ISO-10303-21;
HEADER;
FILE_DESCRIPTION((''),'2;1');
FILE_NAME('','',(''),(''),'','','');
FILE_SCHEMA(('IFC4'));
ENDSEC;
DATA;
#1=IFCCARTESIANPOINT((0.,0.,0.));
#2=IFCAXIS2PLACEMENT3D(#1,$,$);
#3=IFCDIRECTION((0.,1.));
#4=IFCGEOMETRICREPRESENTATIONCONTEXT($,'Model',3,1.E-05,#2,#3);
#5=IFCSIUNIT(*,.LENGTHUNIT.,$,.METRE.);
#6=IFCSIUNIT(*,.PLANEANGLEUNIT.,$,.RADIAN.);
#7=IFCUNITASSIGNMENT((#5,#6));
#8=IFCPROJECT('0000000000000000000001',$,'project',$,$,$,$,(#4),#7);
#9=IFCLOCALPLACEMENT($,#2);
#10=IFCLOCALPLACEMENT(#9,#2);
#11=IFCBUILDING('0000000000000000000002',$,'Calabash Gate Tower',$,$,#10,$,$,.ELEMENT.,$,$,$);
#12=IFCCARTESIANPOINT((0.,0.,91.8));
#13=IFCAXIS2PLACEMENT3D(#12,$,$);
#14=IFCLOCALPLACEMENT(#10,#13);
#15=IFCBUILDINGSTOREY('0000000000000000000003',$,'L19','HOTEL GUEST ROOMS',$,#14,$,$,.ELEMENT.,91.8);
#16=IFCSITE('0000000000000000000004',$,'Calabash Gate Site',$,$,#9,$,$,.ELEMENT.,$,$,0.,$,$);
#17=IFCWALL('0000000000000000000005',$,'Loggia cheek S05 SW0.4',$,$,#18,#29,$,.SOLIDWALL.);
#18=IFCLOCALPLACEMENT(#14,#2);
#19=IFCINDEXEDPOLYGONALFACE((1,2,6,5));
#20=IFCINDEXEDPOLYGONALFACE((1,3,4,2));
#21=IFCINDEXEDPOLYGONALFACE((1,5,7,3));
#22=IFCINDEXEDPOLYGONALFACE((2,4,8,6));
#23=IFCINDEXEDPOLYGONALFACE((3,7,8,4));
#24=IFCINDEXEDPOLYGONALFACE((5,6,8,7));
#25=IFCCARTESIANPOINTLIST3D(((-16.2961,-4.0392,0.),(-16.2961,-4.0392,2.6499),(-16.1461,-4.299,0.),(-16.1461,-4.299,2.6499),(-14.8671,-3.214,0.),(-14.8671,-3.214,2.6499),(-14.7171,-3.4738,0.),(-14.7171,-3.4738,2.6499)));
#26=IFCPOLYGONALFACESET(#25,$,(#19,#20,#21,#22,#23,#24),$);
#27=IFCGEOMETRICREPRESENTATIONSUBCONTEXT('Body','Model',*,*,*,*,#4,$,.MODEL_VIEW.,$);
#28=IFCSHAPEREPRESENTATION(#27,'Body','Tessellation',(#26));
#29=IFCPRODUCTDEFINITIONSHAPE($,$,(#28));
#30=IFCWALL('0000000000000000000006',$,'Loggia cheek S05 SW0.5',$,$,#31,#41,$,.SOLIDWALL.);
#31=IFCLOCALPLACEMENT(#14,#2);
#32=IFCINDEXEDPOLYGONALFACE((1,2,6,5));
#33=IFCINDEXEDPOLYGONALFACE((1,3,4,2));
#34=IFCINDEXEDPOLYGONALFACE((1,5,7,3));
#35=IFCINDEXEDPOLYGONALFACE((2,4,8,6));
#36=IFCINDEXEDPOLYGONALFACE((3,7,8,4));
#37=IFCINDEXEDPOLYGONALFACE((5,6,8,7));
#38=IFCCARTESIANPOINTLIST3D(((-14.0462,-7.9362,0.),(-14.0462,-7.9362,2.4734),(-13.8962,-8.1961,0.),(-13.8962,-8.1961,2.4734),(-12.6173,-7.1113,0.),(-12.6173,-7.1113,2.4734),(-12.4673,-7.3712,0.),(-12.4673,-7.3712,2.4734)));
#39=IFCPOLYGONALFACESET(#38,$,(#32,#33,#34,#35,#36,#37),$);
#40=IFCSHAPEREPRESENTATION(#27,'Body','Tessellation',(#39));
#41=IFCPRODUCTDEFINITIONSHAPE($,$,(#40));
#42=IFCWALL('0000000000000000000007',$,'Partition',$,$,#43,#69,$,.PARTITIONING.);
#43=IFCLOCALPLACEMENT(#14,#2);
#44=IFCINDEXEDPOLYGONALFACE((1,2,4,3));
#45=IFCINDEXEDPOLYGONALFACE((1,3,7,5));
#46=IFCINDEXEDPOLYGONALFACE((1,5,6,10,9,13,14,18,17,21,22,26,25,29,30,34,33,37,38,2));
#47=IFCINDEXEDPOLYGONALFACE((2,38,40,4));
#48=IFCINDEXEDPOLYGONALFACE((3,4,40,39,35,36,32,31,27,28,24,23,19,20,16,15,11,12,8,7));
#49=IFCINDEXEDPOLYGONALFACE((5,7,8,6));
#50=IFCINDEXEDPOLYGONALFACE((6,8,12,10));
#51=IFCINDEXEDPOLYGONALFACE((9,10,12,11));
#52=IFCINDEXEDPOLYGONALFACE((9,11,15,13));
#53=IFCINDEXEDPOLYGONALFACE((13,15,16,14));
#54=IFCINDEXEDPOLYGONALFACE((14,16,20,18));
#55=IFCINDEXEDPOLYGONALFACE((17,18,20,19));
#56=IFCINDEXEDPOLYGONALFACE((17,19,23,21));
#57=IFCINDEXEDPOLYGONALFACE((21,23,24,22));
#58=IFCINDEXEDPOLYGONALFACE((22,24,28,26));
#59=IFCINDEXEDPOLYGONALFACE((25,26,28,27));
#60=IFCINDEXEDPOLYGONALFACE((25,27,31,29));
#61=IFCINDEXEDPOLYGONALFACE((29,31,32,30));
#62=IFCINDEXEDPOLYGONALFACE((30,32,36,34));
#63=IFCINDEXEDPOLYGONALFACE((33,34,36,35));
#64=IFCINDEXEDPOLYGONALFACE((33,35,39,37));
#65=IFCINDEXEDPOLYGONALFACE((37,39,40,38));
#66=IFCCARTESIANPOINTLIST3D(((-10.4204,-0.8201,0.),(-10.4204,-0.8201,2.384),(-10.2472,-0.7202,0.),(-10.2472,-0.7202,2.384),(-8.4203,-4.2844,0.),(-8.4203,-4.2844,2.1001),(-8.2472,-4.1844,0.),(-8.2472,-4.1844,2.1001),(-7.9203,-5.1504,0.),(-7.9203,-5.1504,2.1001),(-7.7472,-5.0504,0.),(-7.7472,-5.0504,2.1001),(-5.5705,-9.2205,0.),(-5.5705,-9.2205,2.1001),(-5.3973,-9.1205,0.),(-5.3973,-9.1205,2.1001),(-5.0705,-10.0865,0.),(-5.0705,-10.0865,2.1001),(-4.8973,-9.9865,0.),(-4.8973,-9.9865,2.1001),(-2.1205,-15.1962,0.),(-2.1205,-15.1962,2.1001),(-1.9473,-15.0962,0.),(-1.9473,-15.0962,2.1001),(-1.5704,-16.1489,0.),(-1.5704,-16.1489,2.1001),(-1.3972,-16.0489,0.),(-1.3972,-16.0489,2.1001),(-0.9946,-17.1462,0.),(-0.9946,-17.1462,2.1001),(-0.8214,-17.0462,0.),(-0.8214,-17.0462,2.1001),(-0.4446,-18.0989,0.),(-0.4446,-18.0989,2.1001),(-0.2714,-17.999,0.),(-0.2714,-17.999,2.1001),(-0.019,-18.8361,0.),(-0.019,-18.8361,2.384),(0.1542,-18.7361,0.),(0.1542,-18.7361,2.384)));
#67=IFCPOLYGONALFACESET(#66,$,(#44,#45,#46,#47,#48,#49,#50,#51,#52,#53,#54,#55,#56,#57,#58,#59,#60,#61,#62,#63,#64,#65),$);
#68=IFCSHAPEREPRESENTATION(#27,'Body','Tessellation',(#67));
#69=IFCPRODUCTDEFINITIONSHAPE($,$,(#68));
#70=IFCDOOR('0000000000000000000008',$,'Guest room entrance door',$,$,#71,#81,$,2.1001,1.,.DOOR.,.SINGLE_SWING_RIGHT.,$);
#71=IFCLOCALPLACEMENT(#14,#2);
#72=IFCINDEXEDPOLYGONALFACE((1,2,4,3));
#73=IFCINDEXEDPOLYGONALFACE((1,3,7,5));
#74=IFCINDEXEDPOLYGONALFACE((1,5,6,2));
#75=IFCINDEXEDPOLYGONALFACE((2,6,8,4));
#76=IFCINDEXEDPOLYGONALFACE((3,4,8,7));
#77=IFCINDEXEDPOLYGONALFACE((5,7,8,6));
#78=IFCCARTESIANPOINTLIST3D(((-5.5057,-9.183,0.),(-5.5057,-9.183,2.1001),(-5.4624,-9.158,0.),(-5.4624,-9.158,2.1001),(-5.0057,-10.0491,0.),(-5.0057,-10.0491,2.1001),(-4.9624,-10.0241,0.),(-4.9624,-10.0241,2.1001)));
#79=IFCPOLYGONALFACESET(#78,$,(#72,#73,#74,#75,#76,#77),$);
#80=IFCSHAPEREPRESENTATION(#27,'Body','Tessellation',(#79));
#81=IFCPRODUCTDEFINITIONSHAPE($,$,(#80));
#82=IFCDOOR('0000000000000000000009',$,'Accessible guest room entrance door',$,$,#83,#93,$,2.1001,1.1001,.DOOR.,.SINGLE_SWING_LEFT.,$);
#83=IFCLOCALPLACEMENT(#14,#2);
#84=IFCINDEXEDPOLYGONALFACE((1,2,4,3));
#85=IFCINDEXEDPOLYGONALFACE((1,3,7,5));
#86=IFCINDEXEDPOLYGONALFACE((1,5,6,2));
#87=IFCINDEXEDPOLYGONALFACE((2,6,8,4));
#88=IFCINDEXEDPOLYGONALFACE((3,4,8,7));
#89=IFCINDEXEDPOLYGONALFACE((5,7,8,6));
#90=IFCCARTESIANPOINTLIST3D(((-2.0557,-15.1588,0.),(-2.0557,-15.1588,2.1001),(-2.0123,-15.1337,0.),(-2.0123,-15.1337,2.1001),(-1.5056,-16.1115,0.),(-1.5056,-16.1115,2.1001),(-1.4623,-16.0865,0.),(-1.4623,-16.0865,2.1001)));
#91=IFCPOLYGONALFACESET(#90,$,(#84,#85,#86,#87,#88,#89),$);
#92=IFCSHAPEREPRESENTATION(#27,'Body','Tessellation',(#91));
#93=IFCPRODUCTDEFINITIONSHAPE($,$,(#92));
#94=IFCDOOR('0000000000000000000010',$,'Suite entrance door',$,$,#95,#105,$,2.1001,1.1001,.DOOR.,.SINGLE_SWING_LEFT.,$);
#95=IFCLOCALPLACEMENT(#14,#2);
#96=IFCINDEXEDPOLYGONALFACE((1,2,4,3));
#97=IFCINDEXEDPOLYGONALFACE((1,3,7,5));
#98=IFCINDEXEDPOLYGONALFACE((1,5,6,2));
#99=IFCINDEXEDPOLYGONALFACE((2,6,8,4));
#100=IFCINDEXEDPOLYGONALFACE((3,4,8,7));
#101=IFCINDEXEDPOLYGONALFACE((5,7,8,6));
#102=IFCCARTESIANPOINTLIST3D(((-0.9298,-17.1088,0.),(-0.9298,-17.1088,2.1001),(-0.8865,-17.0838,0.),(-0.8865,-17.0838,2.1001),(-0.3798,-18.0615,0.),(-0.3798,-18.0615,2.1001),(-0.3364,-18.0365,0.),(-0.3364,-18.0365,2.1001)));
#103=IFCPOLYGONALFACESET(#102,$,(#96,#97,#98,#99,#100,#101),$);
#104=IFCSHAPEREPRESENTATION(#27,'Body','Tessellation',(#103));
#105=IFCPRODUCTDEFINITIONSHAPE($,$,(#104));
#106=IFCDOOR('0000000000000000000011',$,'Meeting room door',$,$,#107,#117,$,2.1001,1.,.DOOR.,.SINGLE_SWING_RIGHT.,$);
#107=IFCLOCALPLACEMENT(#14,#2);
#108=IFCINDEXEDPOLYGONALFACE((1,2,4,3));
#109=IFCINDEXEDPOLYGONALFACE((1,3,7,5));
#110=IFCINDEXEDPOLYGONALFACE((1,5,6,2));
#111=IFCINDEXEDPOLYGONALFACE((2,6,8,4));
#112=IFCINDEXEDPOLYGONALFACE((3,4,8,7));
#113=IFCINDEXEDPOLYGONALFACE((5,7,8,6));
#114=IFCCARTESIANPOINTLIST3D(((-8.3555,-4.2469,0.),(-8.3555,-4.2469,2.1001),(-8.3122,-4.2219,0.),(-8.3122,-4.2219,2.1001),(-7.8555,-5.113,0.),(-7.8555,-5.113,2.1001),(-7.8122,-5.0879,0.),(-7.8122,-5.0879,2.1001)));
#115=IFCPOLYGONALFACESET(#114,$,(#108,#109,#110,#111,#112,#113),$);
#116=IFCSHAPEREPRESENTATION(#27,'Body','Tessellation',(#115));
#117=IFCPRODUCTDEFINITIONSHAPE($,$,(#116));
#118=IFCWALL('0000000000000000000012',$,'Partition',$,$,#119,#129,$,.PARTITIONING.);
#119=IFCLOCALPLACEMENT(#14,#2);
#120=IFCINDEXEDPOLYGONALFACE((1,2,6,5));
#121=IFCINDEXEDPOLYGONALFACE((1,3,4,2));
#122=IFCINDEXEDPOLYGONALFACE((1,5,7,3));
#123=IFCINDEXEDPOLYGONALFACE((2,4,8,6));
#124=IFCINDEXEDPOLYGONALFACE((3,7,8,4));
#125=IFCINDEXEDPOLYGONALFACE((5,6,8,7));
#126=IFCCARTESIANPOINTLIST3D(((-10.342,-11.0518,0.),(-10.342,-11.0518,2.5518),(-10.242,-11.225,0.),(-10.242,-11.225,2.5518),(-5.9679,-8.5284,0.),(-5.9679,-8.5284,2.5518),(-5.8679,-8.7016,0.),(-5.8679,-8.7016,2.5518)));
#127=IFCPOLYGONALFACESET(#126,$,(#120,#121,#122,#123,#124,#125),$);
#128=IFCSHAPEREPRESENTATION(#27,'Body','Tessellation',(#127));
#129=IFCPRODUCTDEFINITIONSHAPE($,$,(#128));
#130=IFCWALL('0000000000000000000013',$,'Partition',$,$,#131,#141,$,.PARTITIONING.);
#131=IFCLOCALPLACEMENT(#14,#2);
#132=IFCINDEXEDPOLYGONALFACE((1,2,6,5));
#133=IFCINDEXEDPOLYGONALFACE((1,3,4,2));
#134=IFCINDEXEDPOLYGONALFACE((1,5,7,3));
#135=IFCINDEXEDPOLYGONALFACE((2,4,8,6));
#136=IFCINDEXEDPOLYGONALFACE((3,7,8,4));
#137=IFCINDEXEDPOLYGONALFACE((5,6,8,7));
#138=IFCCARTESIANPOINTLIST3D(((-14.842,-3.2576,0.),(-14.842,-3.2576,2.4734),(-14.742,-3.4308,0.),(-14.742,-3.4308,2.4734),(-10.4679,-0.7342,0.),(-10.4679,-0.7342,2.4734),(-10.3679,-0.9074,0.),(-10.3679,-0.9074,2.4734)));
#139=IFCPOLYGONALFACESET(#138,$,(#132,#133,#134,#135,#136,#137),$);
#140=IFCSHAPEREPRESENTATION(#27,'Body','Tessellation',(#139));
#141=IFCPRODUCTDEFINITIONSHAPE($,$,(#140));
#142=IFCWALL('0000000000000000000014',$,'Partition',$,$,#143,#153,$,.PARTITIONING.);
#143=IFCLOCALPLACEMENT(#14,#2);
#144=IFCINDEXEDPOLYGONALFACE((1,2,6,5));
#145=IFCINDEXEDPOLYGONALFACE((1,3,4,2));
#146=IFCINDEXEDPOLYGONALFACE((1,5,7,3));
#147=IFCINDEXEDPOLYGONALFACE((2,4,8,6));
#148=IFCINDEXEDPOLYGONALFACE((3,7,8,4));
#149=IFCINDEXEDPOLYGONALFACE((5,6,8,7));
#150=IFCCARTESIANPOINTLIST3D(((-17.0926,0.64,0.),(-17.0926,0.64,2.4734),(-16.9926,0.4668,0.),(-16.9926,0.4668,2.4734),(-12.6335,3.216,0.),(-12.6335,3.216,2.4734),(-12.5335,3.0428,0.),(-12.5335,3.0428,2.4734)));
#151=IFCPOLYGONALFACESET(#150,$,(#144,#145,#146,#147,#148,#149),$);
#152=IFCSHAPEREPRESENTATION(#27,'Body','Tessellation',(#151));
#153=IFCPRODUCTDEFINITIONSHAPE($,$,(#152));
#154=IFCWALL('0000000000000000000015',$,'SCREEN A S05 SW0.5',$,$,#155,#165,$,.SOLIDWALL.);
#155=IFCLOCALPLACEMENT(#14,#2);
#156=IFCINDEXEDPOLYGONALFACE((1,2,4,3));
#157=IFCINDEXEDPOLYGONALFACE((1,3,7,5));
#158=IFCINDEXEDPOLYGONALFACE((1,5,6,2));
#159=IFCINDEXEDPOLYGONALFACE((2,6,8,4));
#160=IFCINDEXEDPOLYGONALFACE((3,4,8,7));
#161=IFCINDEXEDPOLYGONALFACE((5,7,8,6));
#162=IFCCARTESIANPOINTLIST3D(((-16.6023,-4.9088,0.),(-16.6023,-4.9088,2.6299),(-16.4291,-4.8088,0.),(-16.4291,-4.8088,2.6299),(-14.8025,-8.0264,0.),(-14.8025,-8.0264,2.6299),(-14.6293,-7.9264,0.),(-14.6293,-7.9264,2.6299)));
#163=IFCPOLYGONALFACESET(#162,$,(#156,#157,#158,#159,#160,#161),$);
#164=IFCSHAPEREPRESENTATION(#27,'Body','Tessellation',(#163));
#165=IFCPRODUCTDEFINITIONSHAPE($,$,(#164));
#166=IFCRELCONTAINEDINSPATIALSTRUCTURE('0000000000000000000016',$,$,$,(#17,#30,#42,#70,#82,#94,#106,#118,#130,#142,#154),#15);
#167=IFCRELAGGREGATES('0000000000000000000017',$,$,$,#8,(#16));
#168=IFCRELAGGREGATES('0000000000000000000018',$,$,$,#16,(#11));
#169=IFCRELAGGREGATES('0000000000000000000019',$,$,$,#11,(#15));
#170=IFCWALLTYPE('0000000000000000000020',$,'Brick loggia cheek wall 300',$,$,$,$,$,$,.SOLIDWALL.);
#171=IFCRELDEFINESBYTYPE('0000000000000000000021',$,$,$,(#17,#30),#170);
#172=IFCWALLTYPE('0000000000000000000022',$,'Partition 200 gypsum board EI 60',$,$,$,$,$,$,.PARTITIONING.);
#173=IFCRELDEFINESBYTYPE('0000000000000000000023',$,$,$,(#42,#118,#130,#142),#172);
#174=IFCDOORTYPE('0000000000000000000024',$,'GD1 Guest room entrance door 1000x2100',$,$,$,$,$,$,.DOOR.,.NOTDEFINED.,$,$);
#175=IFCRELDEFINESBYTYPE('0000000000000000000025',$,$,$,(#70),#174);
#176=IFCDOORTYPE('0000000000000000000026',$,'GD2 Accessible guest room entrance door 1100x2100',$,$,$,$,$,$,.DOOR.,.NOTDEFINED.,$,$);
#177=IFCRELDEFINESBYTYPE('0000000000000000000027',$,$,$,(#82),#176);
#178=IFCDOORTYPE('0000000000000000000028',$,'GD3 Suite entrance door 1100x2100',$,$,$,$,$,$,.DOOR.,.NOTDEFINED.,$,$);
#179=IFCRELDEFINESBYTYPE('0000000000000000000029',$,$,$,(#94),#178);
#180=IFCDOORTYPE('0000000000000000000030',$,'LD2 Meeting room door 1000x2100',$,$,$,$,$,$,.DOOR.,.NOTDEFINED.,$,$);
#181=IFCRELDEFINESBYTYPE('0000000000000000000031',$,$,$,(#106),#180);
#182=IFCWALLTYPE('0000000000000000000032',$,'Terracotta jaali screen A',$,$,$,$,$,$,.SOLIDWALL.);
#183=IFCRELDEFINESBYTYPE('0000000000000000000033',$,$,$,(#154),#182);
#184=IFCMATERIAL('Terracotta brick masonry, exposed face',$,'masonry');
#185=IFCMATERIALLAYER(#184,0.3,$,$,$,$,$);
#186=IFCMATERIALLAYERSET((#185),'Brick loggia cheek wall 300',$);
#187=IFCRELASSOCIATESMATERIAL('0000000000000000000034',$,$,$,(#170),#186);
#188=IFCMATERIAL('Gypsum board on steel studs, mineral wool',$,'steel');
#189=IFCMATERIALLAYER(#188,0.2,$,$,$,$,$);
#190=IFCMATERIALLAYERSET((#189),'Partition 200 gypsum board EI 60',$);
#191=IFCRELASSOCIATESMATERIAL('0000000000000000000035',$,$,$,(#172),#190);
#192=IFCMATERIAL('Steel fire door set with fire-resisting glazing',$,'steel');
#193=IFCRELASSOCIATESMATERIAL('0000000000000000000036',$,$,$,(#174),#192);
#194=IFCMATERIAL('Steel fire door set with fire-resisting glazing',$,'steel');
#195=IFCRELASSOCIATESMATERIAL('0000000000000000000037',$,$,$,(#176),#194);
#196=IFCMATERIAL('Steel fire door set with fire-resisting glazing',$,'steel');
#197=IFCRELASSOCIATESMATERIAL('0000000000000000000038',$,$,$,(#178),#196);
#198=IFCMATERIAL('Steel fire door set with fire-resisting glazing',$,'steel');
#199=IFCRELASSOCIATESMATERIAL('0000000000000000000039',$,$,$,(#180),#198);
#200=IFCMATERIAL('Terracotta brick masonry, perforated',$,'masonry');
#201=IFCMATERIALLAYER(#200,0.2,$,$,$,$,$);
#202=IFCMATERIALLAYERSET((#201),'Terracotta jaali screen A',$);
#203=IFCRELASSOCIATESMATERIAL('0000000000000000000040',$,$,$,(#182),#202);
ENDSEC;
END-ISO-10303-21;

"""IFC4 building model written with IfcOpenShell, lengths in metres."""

from ifc_helpers import new_model, si_unit, direction, frame, frame_2d, origin, place, context, subcontext, project, spatial, rectangle, extrude, material, layer, layer_set, type_object, element, fill, save


model = new_model("IFC4")

# Units and contexts
model_context = context("Model", 3, precision=1e-05, world=origin(), true_north=direction((0.0, 1.0)))
body_context = subcontext(model_context, "Body", "Model", "MODEL_VIEW")
ifc_project = project(units=[si_unit("LENGTHUNIT", "METRE"), si_unit("PLANEANGLEUNIT", "RADIAN")], contexts=[model_context])

# Site, building, storey
site_placement = place(None, origin())
site = spatial("IfcSite", under=ifc_project, at=site_placement, Name="Calabash Gate Site", CompositionType="ELEMENT", RefElevation=0.0)
building_placement = place(site_placement, origin())
building = spatial("IfcBuilding", under=site, at=building_placement, Name="Calabash Gate Tower", CompositionType="ELEMENT")
storey_placement = place(building_placement, frame((0.0, 0.0, 91.8)))
storey = spatial("IfcBuildingStorey", under=building, at=storey_placement, Name="L19", Description="HOTEL GUEST ROOMS", CompositionType="ELEMENT", Elevation=91.8)

# Walls
ifc_material_1 = material(Name="Terracotta brick masonry, exposed face", Category="masonry")
ifc_layer_1 = layer(ifc_material_1, 0.3)
ifc_layer_set_1 = layer_set([ifc_layer_1], Name="Brick loggia cheek wall 300")
wall_type_1 = type_object("IfcWallType", Name="Brick loggia cheek wall 300", PredefinedType="SOLIDWALL", material=ifc_layer_set_1)
wall_1_placement = place(storey_placement, frame((-16.2212, -4.1692, 0.0), z_axis=(0.0, 0.0, 1.0), x_axis=(0.865976, 0.500085, 0.0)))
element("IfcWall", 1, at=wall_1_placement, inside=storey, type_object=wall_type_1, Name="Loggia cheek S05 SW0.4", PredefinedType="SOLIDWALL", context=body_context, shape_type="SweptSolid", body=[
    extrude(rectangle(XDim=1.6501, YDim=0.3, at=frame_2d((0.8252, 0.0))), origin(), (0.0, 0.0, 1.0), 2.6499),
])
wall_2_placement = place(storey_placement, frame((-13.9712, -8.0662, 0.0), z_axis=(0.0, 0.0, 1.0), x_axis=(0.86604, 0.499974, 0.0)))
element("IfcWall", 2, at=wall_2_placement, inside=storey, type_object=wall_type_1, Name="Loggia cheek S05 SW0.5", PredefinedType="SOLIDWALL", context=body_context, shape_type="SweptSolid", body=[
    extrude(rectangle(XDim=1.6499, YDim=0.3, at=frame_2d((0.825, 0.0))), origin(), (0.0, 0.0, 1.0), 2.4734),
])

# Wall, openings, doors
ifc_material_2 = material(Name="Gypsum board on steel studs, mineral wool", Category="steel")
ifc_layer_2 = layer(ifc_material_2, 0.2)
ifc_layer_set_2 = layer_set([ifc_layer_2], Name="Partition 200 gypsum board EI 60")
wall_type_2 = type_object("IfcWallType", Name="Partition 200 gypsum board EI 60", PredefinedType="PARTITIONING", material=ifc_layer_set_2)
wall_3_placement = place(storey_placement, frame((-10.3337, -0.7703, 0.0), z_axis=(0.0, 0.0, 1.0), x_axis=(0.499996, -0.866027, 0.0)))
wall_3 = element("IfcWall", 3, at=wall_3_placement, inside=storey, type_object=wall_type_2, Name="Partition", PredefinedType="PARTITIONING", context=body_context, shape_type="SweptSolid", body=[
    extrude(rectangle(XDim=20.803, YDim=0.2, at=frame_2d((10.4014, 0.0))), origin(), (0.0, 0.0, 1.0), 2.384),
])
opening_1_placement = place(wall_3_placement, frame((4.0, 0.0, 0.0)))
opening_1 = element("IfcOpeningElement", 4, at=opening_1_placement, cuts=wall_3, PredefinedType="OPENING", context=body_context, shape_type="SweptSolid", body=[
    extrude(rectangle(XDim=1.0, YDim=2.1001, at=frame_2d((0.5, 1.05))), frame((0.0, 0.1099, 0.0), z_axis=(0.0, -1.0, 0.0), x_axis=(1.0, 0.0, 0.0)), (0.0, 0.0, 1.0), 0.22),
])
opening_2_placement = place(wall_3_placement, frame((9.6997, 0.0, 0.0)))
opening_2 = element("IfcOpeningElement", 5, at=opening_2_placement, cuts=wall_3, PredefinedType="OPENING", context=body_context, shape_type="SweptSolid", body=[
    extrude(rectangle(XDim=1.0, YDim=2.1001, at=frame_2d((0.5, 1.05))), frame((0.0, 0.1099, 0.0), z_axis=(0.0, -1.0, 0.0), x_axis=(1.0, 0.0, 0.0)), (0.0, 0.0, 1.0), 0.22),
])
opening_3_placement = place(wall_3_placement, frame((16.5999, 0.0, 0.0)))
opening_3 = element("IfcOpeningElement", 6, at=opening_3_placement, cuts=wall_3, PredefinedType="OPENING", context=body_context, shape_type="SweptSolid", body=[
    extrude(rectangle(XDim=1.1001, YDim=2.1001, at=frame_2d((0.55, 1.05))), frame((0.0, 0.1099, 0.0), z_axis=(0.0, -1.0, 0.0), x_axis=(1.0, 0.0, 0.0)), (0.0, 0.0, 1.0), 0.22),
])
opening_4_placement = place(wall_3_placement, frame((18.8516, 0.0, 0.0)))
opening_4 = element("IfcOpeningElement", 7, at=opening_4_placement, cuts=wall_3, PredefinedType="OPENING", context=body_context, shape_type="SweptSolid", body=[
    extrude(rectangle(XDim=1.1001, YDim=2.1001, at=frame_2d((0.55, 1.05))), frame((0.0, 0.1099, 0.0), z_axis=(0.0, -1.0, 0.0), x_axis=(1.0, 0.0, 0.0)), (0.0, 0.0, 1.0), 0.22),
])
ifc_material_3 = material(Name="Steel fire door set with fire-resisting glazing", Category="steel")
door_type_1 = type_object("IfcDoorType", Name="GD1 Guest room entrance door 1000x2100", OperationType="NOTDEFINED", PredefinedType="DOOR", material=ifc_material_3)
door_1_placement = place(opening_2_placement, origin())
door_1 = element("IfcDoor", 8, at=door_1_placement, inside=storey, type_object=door_type_1, Name="Guest room entrance door", OperationType="SINGLE_SWING_RIGHT", OverallHeight=2.1001, OverallWidth=1.0, PredefinedType="DOOR", context=body_context, shape_type="SweptSolid", body=[
    extrude(rectangle(XDim=1.0, YDim=2.1001, at=frame_2d((0.5, 1.05))), frame((0.0, 0.0249, 0.0), z_axis=(0.0, -1.0, 0.0), x_axis=(1.0, 0.0, 0.0)), (0.0, 0.0, 1.0), 0.05),
])
fill(opening_2, door_1)
ifc_material_4 = material(Name="Steel fire door set with fire-resisting glazing", Category="steel")
door_type_2 = type_object("IfcDoorType", Name="GD2 Accessible guest room entrance door 1100x2100", OperationType="NOTDEFINED", PredefinedType="DOOR", material=ifc_material_4)
door_2_placement = place(opening_3_placement, origin())
door_2 = element("IfcDoor", 9, at=door_2_placement, inside=storey, type_object=door_type_2, Name="Accessible guest room entrance door", OperationType="SINGLE_SWING_LEFT", OverallHeight=2.1001, OverallWidth=1.1001, PredefinedType="DOOR", context=body_context, shape_type="SweptSolid", body=[
    extrude(rectangle(XDim=1.1001, YDim=2.1001, at=frame_2d((0.55, 1.05))), frame((0.0, 0.0249, 0.0), z_axis=(0.0, -1.0, 0.0), x_axis=(1.0, 0.0, 0.0)), (0.0, 0.0, 1.0), 0.05),
])
fill(opening_3, door_2)
ifc_material_5 = material(Name="Steel fire door set with fire-resisting glazing", Category="steel")
door_type_3 = type_object("IfcDoorType", Name="GD3 Suite entrance door 1100x2100", OperationType="NOTDEFINED", PredefinedType="DOOR", material=ifc_material_5)
door_3_placement = place(opening_4_placement, origin())
door_3 = element("IfcDoor", 10, at=door_3_placement, inside=storey, type_object=door_type_3, Name="Suite entrance door", OperationType="SINGLE_SWING_LEFT", OverallHeight=2.1001, OverallWidth=1.1001, PredefinedType="DOOR", context=body_context, shape_type="SweptSolid", body=[
    extrude(rectangle(XDim=1.1001, YDim=2.1001, at=frame_2d((0.55, 1.05))), frame((0.0, 0.0249, 0.0), z_axis=(0.0, -1.0, 0.0), x_axis=(1.0, 0.0, 0.0)), (0.0, 0.0, 1.0), 0.05),
])
fill(opening_4, door_3)
ifc_material_6 = material(Name="Steel fire door set with fire-resisting glazing", Category="steel")
door_type_4 = type_object("IfcDoorType", Name="LD2 Meeting room door 1000x2100", OperationType="NOTDEFINED", PredefinedType="DOOR", material=ifc_material_6)
door_4_placement = place(opening_1_placement, origin())
door_4 = element("IfcDoor", 11, at=door_4_placement, inside=storey, type_object=door_type_4, Name="Meeting room door", OperationType="SINGLE_SWING_RIGHT", OverallHeight=2.1001, OverallWidth=1.0, PredefinedType="DOOR", context=body_context, shape_type="SweptSolid", body=[
    extrude(rectangle(XDim=1.0, YDim=2.1001, at=frame_2d((0.5, 1.05))), frame((0.0, 0.0249, 0.0), z_axis=(0.0, -1.0, 0.0), x_axis=(1.0, 0.0, 0.0)), (0.0, 0.0, 1.0), 0.05),
])
fill(opening_1, door_4)

# Walls
wall_4_placement = place(storey_placement, frame((-10.292, -11.1384, 0.0), z_axis=(0.0, 0.0, 1.0), x_axis=(0.866189, 0.499717, 0.0)))
element("IfcWall", 12, at=wall_4_placement, inside=storey, type_object=wall_type_2, Name="Partition", PredefinedType="PARTITIONING", context=body_context, shape_type="SweptSolid", body=[
    extrude(rectangle(XDim=5.0498, YDim=0.2, at=frame_2d((2.5249, 0.0))), origin(), (0.0, 0.0, 1.0), 2.5518),
])
wall_5_placement = place(storey_placement, frame((-14.792, -3.3442, 0.0), z_axis=(0.0, 0.0, 1.0), x_axis=(0.866189, 0.499717, 0.0)))
element("IfcWall", 13, at=wall_5_placement, inside=storey, type_object=wall_type_2, Name="Partition", PredefinedType="PARTITIONING", context=body_context, shape_type="SweptSolid", body=[
    extrude(rectangle(XDim=5.0498, YDim=0.2, at=frame_2d((2.5249, 0.0))), origin(), (0.0, 0.0, 1.0), 2.4734),
])
wall_6_placement = place(storey_placement, frame((-17.0425, 0.5535, 0.0), z_axis=(0.0, 0.0, 1.0), x_axis=(0.865897, 0.500223, 0.0)))
element("IfcWall", 14, at=wall_6_placement, inside=storey, type_object=wall_type_2, Name="Partition", PredefinedType="PARTITIONING", context=body_context, shape_type="SweptSolid", body=[
    extrude(rectangle(XDim=5.1497, YDim=0.2, at=frame_2d((2.5747, 0.0))), origin(), (0.0, 0.0, 1.0), 2.4734),
])
ifc_material_7 = material(Name="Terracotta brick masonry, perforated", Category="masonry")
ifc_layer_3 = layer(ifc_material_7, 0.2)
ifc_layer_set_3 = layer_set([ifc_layer_3], Name="Terracotta jaali screen A")
wall_type_3 = type_object("IfcWallType", Name="Terracotta jaali screen A", PredefinedType="SOLIDWALL", material=ifc_layer_set_3)
wall_7_placement = place(storey_placement, frame((-16.5156, -4.8589, 0.0), z_axis=(0.0, 0.0, 1.0), x_axis=(0.499961, -0.866048, 0.0)))
element("IfcWall", 15, at=wall_7_placement, inside=storey, type_object=wall_type_3, Name="SCREEN A S05 SW0.5", PredefinedType="SOLIDWALL", context=body_context, shape_type="SweptSolid", body=[
    extrude(rectangle(XDim=3.5999, YDim=0.2, at=frame_2d((1.7998, 0.0))), origin(), (0.0, 0.0, 1.0), 2.6299),
])

save(model, "model.ifc")
